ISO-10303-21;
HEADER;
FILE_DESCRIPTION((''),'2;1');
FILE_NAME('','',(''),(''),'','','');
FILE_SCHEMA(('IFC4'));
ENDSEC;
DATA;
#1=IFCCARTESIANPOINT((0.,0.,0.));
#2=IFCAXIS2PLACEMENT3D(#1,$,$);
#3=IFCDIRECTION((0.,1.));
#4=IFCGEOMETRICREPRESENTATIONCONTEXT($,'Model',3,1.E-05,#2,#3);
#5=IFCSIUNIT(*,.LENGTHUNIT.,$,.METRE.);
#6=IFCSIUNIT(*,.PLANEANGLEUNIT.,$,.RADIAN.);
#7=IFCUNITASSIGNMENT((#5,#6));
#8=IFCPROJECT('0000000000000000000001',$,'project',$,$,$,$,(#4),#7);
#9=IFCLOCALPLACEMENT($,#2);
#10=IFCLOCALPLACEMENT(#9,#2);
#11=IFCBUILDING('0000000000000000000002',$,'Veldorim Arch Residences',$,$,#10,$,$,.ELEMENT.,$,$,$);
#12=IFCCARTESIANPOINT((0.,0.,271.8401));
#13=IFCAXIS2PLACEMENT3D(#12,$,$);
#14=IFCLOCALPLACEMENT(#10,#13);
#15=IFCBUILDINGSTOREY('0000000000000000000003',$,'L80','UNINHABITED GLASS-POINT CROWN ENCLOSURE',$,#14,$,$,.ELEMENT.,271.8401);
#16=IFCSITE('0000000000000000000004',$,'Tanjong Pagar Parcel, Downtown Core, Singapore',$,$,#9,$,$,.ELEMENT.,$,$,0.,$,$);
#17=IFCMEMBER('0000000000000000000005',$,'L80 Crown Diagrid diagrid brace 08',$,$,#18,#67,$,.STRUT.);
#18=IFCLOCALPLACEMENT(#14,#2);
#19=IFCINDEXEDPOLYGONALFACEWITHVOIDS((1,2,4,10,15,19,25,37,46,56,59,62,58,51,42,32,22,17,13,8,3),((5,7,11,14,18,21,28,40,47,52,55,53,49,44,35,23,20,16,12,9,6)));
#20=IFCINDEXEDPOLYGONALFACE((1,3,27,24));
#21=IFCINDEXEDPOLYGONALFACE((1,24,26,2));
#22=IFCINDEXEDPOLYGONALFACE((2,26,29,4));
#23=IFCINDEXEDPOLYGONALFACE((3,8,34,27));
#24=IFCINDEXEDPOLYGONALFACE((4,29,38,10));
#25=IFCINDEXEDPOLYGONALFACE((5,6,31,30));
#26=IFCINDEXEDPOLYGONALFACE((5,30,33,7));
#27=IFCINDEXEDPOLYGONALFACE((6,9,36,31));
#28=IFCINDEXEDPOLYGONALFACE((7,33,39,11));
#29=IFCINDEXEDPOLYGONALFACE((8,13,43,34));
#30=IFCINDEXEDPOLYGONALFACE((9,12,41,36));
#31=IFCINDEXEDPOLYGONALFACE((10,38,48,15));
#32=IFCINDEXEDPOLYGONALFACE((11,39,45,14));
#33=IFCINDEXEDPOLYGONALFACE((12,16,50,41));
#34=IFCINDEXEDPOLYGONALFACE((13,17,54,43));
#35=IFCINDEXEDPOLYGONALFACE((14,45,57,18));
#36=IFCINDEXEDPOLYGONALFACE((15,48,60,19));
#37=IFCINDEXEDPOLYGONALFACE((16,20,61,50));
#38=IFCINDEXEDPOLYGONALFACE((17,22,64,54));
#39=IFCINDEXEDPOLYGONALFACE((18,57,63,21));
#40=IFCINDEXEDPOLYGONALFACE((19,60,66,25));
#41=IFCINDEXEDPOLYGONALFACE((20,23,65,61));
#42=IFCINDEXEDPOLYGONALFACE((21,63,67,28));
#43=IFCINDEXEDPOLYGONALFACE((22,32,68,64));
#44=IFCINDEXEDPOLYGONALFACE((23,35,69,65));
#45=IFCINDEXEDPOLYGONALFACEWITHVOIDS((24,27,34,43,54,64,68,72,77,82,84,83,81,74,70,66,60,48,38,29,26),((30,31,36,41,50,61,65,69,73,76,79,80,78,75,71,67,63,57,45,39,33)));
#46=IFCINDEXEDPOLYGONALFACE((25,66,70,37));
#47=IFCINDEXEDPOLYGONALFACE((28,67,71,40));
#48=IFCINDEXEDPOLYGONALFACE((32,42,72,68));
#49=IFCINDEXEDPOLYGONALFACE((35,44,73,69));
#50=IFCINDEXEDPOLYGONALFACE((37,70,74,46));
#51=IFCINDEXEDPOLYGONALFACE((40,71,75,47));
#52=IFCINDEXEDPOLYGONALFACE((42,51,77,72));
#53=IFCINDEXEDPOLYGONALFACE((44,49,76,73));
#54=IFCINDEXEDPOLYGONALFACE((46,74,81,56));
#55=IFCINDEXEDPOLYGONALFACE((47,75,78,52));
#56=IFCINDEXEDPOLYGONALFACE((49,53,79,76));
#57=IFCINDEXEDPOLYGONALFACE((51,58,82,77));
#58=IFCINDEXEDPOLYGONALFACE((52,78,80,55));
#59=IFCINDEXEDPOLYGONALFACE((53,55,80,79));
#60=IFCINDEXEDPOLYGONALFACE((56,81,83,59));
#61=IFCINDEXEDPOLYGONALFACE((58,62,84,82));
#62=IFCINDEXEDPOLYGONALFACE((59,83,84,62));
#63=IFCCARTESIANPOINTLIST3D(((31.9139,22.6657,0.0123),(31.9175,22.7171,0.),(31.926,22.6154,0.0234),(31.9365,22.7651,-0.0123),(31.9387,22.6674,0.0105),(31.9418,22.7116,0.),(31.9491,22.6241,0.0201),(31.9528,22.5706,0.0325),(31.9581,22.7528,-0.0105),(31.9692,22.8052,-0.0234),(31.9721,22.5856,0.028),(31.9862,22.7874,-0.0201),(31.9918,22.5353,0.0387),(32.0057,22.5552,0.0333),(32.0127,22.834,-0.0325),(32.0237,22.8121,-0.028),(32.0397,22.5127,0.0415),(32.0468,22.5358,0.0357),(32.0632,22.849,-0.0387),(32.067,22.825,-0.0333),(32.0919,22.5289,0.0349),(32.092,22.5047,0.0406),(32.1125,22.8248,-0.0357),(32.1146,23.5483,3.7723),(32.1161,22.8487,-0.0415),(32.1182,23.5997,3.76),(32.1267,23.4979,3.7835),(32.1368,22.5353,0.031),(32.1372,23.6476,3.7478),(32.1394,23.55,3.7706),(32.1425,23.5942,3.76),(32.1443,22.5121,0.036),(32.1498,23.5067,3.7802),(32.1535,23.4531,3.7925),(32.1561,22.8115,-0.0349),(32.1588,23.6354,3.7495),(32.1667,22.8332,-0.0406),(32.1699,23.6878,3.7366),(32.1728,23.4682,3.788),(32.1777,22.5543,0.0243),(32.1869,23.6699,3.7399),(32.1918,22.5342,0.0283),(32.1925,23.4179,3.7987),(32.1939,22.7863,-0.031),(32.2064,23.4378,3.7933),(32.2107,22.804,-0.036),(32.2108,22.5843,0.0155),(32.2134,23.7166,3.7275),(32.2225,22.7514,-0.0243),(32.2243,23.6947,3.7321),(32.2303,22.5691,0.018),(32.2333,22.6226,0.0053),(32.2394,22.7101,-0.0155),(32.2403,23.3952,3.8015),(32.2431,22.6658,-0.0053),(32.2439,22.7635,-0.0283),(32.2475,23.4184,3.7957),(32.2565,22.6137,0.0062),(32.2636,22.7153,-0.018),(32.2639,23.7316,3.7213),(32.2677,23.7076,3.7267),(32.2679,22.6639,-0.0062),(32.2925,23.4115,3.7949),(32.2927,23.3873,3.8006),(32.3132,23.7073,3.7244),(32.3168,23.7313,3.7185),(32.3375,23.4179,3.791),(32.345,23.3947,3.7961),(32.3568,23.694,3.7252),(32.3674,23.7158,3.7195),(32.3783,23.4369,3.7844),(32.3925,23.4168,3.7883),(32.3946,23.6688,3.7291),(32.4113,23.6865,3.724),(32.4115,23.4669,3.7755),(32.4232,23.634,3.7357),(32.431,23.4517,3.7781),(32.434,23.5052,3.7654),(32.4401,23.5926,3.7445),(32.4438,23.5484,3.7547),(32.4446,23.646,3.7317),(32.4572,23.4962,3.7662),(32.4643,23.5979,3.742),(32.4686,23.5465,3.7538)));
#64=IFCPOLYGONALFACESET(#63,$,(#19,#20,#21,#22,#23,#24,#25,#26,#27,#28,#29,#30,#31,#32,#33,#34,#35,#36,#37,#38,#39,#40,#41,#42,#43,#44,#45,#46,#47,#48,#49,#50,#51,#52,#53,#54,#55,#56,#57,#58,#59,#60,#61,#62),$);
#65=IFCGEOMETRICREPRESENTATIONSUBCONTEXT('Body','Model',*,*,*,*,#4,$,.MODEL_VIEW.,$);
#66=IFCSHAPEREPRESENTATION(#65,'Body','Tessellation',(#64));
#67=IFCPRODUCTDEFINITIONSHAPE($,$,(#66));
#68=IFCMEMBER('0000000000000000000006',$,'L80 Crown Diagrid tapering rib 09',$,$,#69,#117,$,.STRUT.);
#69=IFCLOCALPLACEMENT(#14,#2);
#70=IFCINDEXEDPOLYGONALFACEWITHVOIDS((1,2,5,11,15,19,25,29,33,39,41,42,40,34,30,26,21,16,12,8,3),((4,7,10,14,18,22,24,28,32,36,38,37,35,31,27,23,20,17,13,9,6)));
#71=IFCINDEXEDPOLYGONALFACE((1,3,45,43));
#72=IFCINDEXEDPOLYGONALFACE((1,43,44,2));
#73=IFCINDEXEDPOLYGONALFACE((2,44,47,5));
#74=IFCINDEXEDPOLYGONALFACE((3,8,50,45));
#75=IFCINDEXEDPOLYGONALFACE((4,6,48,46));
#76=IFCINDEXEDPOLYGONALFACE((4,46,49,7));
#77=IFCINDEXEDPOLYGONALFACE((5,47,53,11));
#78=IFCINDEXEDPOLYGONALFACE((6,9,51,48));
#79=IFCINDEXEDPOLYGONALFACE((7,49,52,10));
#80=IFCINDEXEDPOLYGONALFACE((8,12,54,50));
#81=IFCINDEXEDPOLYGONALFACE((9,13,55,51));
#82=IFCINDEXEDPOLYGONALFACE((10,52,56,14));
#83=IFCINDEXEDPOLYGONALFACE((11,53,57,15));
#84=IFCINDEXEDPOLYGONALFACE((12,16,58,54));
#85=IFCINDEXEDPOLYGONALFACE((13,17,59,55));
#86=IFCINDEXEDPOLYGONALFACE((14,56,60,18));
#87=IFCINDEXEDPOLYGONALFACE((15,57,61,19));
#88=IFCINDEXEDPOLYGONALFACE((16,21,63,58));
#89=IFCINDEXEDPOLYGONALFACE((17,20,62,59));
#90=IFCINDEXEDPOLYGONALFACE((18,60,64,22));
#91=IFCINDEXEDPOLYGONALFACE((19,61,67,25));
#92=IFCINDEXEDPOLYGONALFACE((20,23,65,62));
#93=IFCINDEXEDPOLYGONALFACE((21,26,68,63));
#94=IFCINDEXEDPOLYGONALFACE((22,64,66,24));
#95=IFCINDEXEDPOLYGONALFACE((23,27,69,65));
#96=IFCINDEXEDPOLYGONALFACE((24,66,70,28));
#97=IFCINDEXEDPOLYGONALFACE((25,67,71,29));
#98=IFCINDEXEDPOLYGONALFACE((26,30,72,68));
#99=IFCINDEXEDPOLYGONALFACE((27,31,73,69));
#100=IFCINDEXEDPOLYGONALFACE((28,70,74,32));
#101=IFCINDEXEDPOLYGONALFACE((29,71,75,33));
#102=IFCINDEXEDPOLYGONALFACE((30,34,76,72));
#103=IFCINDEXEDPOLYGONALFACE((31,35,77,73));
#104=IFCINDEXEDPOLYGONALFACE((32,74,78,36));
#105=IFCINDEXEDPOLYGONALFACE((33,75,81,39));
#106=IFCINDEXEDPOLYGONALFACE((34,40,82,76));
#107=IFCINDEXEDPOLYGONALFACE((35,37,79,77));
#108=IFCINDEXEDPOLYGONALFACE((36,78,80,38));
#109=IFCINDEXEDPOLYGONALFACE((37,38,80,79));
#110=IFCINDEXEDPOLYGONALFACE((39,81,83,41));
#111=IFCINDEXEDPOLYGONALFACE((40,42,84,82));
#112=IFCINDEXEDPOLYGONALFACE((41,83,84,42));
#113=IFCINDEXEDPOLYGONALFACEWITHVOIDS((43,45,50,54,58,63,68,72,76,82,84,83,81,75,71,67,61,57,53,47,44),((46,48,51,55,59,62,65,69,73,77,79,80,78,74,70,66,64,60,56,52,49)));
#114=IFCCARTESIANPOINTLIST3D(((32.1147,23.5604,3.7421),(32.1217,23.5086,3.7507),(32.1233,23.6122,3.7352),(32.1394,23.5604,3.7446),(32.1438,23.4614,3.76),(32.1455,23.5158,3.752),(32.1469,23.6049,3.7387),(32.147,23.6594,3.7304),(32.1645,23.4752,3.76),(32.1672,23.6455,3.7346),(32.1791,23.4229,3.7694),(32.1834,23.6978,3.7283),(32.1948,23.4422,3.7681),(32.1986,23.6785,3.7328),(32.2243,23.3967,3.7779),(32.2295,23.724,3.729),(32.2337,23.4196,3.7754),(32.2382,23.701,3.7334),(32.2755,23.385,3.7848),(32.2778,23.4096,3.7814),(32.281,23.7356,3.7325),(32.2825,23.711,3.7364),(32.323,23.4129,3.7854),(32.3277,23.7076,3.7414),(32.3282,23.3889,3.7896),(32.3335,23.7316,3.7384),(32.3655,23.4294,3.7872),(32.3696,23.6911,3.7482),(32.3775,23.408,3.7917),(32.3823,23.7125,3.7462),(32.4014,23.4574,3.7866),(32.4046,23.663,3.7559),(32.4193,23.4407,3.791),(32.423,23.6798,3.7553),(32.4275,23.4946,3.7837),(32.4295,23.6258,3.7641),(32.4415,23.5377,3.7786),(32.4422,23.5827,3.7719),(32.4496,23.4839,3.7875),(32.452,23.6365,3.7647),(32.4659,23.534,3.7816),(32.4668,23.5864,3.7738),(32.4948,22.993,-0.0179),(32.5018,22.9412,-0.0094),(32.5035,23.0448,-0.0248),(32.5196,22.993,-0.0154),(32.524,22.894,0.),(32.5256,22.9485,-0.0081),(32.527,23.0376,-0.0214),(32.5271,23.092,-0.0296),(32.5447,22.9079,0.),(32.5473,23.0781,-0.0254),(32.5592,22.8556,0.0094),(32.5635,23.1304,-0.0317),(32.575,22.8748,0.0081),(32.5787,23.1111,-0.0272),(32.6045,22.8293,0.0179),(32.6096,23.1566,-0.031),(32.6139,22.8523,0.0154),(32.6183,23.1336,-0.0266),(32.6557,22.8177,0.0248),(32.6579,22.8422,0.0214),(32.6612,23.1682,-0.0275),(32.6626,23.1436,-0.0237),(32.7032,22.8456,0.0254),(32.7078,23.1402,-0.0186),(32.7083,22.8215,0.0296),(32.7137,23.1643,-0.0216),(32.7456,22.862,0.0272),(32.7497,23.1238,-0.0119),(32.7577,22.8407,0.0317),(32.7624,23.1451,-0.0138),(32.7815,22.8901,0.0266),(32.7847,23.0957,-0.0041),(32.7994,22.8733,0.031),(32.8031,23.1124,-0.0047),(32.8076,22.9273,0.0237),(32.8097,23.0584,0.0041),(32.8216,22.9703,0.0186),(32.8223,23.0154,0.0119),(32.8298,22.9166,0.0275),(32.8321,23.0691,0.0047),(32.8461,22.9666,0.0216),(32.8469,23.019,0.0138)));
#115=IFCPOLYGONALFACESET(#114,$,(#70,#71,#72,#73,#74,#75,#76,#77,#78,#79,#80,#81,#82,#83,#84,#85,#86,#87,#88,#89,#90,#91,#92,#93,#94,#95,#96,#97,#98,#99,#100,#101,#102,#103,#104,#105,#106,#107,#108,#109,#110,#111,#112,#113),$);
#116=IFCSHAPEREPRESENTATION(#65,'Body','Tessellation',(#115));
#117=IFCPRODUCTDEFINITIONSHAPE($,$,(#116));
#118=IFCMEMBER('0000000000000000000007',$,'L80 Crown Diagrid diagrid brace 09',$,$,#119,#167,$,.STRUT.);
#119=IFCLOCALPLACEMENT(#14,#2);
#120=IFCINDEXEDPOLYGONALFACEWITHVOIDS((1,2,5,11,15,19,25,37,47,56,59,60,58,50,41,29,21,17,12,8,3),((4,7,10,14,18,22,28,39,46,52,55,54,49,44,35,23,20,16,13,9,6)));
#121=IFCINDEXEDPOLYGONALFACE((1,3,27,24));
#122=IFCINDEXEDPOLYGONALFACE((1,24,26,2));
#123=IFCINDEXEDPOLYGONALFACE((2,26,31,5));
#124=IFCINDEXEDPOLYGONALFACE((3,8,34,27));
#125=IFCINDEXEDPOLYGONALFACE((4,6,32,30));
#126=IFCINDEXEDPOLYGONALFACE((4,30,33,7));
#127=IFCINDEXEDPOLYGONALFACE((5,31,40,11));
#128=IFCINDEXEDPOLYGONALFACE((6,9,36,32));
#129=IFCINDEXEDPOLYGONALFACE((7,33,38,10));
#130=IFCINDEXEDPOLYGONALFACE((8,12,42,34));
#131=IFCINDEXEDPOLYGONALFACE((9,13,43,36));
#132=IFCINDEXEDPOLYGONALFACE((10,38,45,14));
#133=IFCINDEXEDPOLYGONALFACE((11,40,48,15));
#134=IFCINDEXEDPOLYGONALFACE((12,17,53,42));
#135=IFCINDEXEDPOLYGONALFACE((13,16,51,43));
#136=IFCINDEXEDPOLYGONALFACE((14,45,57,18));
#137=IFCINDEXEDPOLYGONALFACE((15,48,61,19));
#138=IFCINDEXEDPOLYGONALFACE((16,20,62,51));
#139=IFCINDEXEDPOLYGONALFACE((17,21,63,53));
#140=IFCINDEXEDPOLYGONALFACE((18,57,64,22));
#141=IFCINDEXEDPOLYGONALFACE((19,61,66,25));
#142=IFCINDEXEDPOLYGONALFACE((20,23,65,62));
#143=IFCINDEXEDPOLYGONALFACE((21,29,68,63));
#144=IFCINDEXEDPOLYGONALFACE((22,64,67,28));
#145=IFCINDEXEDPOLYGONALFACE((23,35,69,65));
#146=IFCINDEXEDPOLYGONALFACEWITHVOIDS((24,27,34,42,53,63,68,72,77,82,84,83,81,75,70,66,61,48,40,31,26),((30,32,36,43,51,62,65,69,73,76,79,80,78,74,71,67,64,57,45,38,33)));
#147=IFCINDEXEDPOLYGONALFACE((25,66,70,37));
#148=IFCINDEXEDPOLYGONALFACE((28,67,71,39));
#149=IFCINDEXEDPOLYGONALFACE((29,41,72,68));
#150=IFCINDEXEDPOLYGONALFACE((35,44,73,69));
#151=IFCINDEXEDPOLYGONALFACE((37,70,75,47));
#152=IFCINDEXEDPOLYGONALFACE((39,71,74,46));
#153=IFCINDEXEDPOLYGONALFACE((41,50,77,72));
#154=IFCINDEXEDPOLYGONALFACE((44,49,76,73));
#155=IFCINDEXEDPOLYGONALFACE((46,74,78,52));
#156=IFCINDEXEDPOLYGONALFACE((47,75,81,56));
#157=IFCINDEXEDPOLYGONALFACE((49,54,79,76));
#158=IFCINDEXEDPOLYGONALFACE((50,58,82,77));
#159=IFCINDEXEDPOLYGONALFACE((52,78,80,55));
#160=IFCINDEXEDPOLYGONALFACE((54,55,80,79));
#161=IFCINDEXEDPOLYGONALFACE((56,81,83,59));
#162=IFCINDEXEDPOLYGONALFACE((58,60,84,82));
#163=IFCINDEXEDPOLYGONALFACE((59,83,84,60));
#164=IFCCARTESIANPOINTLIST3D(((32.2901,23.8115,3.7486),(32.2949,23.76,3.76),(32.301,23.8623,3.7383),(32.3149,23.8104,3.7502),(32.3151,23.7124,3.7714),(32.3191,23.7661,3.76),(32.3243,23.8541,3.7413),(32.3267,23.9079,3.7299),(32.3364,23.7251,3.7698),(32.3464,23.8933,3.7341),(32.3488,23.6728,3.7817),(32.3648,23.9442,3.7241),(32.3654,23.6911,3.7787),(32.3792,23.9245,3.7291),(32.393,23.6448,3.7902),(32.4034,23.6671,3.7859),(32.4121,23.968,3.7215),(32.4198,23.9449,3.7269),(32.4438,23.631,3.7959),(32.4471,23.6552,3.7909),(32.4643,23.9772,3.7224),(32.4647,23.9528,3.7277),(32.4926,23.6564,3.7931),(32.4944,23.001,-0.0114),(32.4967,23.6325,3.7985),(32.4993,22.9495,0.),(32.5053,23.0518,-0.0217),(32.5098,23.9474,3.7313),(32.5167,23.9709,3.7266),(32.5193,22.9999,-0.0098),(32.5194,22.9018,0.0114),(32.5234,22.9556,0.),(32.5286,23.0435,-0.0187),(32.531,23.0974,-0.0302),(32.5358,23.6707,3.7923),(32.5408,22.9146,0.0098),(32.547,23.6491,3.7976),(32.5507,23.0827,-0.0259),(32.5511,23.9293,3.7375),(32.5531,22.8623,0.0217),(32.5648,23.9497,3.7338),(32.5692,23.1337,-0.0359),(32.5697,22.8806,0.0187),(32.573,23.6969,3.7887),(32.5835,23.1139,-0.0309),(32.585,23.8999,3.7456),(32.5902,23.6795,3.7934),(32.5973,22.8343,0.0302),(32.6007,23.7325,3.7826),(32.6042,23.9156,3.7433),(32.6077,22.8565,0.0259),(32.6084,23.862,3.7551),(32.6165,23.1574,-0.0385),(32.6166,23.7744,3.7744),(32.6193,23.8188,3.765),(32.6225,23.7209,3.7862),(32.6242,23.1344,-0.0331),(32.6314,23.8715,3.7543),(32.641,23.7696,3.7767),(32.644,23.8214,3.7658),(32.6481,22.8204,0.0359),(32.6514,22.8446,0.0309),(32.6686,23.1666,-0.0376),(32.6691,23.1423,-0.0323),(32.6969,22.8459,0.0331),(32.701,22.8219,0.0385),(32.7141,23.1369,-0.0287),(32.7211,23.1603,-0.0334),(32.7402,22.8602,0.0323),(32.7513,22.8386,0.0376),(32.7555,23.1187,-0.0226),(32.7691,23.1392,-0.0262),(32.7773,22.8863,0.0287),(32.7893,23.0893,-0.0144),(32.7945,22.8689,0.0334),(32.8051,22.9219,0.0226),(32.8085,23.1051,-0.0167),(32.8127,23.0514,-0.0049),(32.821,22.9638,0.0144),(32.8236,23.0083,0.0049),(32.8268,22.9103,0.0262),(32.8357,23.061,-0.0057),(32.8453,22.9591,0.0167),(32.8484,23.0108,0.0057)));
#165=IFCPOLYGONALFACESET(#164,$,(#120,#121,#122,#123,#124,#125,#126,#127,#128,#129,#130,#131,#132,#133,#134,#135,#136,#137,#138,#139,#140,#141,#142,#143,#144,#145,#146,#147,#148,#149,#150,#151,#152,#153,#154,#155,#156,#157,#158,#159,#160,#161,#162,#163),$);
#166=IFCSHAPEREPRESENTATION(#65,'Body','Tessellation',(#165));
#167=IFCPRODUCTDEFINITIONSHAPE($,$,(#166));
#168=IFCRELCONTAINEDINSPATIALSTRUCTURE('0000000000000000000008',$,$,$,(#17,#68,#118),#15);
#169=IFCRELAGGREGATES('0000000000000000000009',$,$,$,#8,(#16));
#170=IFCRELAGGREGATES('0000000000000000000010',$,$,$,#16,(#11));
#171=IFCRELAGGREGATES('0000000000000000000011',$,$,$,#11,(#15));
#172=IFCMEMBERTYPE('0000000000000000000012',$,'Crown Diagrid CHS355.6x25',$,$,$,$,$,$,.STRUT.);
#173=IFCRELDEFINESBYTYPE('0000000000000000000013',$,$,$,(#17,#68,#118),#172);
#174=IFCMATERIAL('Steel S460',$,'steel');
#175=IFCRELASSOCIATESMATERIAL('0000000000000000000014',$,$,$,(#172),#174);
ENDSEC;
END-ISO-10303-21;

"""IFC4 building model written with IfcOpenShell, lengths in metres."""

from ifc_helpers import new_model, si_unit, direction, frame, origin, origin_2d, place, context, subcontext, project, spatial, hollow_circle, extrude, material, material_profile, profile_set, type_object, element, save


model = new_model("IFC4")

# Units and contexts
model_context = context("Model", 3, precision=1e-05, world=origin(), true_north=direction((0.0, 1.0)))
body_context = subcontext(model_context, "Body", "Model", "MODEL_VIEW")
ifc_project = project(units=[si_unit("LENGTHUNIT", "METRE"), si_unit("PLANEANGLEUNIT", "RADIAN")], contexts=[model_context])

# Site, building, storey
site_placement = place(None, origin())
site = spatial("IfcSite", under=ifc_project, at=site_placement, Name="Tanjong Pagar Parcel, Downtown Core, Singapore", CompositionType="ELEMENT", RefElevation=0.0)
building_placement = place(site_placement, origin())
building = spatial("IfcBuilding", under=site, at=building_placement, Name="Veldorim Arch Residences", CompositionType="ELEMENT")
storey_placement = place(building_placement, frame((0.0, 0.0, 271.8401)))
storey = spatial("IfcBuildingStorey", under=building, at=storey_placement, Name="L80", Description="UNINHABITED GLASS-POINT CROWN ENCLOSURE", CompositionType="ELEMENT", Elevation=271.8401)

# Members
ifc_material_1 = material(Name="Steel S460", Category="steel")
ifc_material_profile = material_profile(ifc_material_1, hollow_circle(Radius=0.1777, WallThickness=0.0249, at=origin_2d()), Name="CHS355.6x25")
ifc_profile_set = profile_set([ifc_material_profile], Name="Steel S460")
member_type = type_object("IfcMemberType", Name="Crown Diagrid CHS355.6x25", PredefinedType="STRUT", material=ifc_profile_set)
member_1_placement = place(storey_placement, frame((32.0908, 22.6777, 0.0), z_axis=(0.051891, 0.228206, 0.972229), x_axis=(-0.975109, 0.221726, 0.0)))
element("IfcMember", 1, at=member_1_placement, inside=storey, type_object=member_type, Name="L80 Crown Diagrid diagrid brace 08", PredefinedType="STRUT", context=body_context, shape_type="SweptSolid", body=[
    extrude(hollow_circle(Radius=0.1777, WallThickness=0.0249, at=origin_2d()), origin(), (0.0, 0.0, 1.0), 3.8674),
])
member_2_placement = place(storey_placement, frame((32.6716, 22.9929, 0.0), z_axis=(-0.09947, 0.14847, 0.983902), x_axis=(-0.830783, -0.556596, 0.0)))
element("IfcMember", 2, at=member_2_placement, inside=storey, type_object=member_type, Name="L80 Crown Diagrid tapering rib 09", PredefinedType="STRUT", context=body_context, shape_type="SweptSolid", body=[
    extrude(hollow_circle(Radius=0.1777, WallThickness=0.0249, at=origin_2d()), origin(), (0.0, 0.0, 1.0), 3.8215),
])
member_3_placement = place(storey_placement, frame((32.6716, 22.9929, 0.0), z_axis=(-0.053052, 0.210433, 0.976168), x_axis=(-0.96966, -0.244459, 0.0)))
element("IfcMember", 3, at=member_3_placement, inside=storey, type_object=member_type, Name="L80 Crown Diagrid diagrid brace 09", PredefinedType="STRUT", context=body_context, shape_type="SweptSolid", body=[
    extrude(hollow_circle(Radius=0.1777, WallThickness=0.0249, at=origin_2d()), origin(), (0.0, 0.0, 1.0), 3.8518),
])

save(model, "model.ifc")
